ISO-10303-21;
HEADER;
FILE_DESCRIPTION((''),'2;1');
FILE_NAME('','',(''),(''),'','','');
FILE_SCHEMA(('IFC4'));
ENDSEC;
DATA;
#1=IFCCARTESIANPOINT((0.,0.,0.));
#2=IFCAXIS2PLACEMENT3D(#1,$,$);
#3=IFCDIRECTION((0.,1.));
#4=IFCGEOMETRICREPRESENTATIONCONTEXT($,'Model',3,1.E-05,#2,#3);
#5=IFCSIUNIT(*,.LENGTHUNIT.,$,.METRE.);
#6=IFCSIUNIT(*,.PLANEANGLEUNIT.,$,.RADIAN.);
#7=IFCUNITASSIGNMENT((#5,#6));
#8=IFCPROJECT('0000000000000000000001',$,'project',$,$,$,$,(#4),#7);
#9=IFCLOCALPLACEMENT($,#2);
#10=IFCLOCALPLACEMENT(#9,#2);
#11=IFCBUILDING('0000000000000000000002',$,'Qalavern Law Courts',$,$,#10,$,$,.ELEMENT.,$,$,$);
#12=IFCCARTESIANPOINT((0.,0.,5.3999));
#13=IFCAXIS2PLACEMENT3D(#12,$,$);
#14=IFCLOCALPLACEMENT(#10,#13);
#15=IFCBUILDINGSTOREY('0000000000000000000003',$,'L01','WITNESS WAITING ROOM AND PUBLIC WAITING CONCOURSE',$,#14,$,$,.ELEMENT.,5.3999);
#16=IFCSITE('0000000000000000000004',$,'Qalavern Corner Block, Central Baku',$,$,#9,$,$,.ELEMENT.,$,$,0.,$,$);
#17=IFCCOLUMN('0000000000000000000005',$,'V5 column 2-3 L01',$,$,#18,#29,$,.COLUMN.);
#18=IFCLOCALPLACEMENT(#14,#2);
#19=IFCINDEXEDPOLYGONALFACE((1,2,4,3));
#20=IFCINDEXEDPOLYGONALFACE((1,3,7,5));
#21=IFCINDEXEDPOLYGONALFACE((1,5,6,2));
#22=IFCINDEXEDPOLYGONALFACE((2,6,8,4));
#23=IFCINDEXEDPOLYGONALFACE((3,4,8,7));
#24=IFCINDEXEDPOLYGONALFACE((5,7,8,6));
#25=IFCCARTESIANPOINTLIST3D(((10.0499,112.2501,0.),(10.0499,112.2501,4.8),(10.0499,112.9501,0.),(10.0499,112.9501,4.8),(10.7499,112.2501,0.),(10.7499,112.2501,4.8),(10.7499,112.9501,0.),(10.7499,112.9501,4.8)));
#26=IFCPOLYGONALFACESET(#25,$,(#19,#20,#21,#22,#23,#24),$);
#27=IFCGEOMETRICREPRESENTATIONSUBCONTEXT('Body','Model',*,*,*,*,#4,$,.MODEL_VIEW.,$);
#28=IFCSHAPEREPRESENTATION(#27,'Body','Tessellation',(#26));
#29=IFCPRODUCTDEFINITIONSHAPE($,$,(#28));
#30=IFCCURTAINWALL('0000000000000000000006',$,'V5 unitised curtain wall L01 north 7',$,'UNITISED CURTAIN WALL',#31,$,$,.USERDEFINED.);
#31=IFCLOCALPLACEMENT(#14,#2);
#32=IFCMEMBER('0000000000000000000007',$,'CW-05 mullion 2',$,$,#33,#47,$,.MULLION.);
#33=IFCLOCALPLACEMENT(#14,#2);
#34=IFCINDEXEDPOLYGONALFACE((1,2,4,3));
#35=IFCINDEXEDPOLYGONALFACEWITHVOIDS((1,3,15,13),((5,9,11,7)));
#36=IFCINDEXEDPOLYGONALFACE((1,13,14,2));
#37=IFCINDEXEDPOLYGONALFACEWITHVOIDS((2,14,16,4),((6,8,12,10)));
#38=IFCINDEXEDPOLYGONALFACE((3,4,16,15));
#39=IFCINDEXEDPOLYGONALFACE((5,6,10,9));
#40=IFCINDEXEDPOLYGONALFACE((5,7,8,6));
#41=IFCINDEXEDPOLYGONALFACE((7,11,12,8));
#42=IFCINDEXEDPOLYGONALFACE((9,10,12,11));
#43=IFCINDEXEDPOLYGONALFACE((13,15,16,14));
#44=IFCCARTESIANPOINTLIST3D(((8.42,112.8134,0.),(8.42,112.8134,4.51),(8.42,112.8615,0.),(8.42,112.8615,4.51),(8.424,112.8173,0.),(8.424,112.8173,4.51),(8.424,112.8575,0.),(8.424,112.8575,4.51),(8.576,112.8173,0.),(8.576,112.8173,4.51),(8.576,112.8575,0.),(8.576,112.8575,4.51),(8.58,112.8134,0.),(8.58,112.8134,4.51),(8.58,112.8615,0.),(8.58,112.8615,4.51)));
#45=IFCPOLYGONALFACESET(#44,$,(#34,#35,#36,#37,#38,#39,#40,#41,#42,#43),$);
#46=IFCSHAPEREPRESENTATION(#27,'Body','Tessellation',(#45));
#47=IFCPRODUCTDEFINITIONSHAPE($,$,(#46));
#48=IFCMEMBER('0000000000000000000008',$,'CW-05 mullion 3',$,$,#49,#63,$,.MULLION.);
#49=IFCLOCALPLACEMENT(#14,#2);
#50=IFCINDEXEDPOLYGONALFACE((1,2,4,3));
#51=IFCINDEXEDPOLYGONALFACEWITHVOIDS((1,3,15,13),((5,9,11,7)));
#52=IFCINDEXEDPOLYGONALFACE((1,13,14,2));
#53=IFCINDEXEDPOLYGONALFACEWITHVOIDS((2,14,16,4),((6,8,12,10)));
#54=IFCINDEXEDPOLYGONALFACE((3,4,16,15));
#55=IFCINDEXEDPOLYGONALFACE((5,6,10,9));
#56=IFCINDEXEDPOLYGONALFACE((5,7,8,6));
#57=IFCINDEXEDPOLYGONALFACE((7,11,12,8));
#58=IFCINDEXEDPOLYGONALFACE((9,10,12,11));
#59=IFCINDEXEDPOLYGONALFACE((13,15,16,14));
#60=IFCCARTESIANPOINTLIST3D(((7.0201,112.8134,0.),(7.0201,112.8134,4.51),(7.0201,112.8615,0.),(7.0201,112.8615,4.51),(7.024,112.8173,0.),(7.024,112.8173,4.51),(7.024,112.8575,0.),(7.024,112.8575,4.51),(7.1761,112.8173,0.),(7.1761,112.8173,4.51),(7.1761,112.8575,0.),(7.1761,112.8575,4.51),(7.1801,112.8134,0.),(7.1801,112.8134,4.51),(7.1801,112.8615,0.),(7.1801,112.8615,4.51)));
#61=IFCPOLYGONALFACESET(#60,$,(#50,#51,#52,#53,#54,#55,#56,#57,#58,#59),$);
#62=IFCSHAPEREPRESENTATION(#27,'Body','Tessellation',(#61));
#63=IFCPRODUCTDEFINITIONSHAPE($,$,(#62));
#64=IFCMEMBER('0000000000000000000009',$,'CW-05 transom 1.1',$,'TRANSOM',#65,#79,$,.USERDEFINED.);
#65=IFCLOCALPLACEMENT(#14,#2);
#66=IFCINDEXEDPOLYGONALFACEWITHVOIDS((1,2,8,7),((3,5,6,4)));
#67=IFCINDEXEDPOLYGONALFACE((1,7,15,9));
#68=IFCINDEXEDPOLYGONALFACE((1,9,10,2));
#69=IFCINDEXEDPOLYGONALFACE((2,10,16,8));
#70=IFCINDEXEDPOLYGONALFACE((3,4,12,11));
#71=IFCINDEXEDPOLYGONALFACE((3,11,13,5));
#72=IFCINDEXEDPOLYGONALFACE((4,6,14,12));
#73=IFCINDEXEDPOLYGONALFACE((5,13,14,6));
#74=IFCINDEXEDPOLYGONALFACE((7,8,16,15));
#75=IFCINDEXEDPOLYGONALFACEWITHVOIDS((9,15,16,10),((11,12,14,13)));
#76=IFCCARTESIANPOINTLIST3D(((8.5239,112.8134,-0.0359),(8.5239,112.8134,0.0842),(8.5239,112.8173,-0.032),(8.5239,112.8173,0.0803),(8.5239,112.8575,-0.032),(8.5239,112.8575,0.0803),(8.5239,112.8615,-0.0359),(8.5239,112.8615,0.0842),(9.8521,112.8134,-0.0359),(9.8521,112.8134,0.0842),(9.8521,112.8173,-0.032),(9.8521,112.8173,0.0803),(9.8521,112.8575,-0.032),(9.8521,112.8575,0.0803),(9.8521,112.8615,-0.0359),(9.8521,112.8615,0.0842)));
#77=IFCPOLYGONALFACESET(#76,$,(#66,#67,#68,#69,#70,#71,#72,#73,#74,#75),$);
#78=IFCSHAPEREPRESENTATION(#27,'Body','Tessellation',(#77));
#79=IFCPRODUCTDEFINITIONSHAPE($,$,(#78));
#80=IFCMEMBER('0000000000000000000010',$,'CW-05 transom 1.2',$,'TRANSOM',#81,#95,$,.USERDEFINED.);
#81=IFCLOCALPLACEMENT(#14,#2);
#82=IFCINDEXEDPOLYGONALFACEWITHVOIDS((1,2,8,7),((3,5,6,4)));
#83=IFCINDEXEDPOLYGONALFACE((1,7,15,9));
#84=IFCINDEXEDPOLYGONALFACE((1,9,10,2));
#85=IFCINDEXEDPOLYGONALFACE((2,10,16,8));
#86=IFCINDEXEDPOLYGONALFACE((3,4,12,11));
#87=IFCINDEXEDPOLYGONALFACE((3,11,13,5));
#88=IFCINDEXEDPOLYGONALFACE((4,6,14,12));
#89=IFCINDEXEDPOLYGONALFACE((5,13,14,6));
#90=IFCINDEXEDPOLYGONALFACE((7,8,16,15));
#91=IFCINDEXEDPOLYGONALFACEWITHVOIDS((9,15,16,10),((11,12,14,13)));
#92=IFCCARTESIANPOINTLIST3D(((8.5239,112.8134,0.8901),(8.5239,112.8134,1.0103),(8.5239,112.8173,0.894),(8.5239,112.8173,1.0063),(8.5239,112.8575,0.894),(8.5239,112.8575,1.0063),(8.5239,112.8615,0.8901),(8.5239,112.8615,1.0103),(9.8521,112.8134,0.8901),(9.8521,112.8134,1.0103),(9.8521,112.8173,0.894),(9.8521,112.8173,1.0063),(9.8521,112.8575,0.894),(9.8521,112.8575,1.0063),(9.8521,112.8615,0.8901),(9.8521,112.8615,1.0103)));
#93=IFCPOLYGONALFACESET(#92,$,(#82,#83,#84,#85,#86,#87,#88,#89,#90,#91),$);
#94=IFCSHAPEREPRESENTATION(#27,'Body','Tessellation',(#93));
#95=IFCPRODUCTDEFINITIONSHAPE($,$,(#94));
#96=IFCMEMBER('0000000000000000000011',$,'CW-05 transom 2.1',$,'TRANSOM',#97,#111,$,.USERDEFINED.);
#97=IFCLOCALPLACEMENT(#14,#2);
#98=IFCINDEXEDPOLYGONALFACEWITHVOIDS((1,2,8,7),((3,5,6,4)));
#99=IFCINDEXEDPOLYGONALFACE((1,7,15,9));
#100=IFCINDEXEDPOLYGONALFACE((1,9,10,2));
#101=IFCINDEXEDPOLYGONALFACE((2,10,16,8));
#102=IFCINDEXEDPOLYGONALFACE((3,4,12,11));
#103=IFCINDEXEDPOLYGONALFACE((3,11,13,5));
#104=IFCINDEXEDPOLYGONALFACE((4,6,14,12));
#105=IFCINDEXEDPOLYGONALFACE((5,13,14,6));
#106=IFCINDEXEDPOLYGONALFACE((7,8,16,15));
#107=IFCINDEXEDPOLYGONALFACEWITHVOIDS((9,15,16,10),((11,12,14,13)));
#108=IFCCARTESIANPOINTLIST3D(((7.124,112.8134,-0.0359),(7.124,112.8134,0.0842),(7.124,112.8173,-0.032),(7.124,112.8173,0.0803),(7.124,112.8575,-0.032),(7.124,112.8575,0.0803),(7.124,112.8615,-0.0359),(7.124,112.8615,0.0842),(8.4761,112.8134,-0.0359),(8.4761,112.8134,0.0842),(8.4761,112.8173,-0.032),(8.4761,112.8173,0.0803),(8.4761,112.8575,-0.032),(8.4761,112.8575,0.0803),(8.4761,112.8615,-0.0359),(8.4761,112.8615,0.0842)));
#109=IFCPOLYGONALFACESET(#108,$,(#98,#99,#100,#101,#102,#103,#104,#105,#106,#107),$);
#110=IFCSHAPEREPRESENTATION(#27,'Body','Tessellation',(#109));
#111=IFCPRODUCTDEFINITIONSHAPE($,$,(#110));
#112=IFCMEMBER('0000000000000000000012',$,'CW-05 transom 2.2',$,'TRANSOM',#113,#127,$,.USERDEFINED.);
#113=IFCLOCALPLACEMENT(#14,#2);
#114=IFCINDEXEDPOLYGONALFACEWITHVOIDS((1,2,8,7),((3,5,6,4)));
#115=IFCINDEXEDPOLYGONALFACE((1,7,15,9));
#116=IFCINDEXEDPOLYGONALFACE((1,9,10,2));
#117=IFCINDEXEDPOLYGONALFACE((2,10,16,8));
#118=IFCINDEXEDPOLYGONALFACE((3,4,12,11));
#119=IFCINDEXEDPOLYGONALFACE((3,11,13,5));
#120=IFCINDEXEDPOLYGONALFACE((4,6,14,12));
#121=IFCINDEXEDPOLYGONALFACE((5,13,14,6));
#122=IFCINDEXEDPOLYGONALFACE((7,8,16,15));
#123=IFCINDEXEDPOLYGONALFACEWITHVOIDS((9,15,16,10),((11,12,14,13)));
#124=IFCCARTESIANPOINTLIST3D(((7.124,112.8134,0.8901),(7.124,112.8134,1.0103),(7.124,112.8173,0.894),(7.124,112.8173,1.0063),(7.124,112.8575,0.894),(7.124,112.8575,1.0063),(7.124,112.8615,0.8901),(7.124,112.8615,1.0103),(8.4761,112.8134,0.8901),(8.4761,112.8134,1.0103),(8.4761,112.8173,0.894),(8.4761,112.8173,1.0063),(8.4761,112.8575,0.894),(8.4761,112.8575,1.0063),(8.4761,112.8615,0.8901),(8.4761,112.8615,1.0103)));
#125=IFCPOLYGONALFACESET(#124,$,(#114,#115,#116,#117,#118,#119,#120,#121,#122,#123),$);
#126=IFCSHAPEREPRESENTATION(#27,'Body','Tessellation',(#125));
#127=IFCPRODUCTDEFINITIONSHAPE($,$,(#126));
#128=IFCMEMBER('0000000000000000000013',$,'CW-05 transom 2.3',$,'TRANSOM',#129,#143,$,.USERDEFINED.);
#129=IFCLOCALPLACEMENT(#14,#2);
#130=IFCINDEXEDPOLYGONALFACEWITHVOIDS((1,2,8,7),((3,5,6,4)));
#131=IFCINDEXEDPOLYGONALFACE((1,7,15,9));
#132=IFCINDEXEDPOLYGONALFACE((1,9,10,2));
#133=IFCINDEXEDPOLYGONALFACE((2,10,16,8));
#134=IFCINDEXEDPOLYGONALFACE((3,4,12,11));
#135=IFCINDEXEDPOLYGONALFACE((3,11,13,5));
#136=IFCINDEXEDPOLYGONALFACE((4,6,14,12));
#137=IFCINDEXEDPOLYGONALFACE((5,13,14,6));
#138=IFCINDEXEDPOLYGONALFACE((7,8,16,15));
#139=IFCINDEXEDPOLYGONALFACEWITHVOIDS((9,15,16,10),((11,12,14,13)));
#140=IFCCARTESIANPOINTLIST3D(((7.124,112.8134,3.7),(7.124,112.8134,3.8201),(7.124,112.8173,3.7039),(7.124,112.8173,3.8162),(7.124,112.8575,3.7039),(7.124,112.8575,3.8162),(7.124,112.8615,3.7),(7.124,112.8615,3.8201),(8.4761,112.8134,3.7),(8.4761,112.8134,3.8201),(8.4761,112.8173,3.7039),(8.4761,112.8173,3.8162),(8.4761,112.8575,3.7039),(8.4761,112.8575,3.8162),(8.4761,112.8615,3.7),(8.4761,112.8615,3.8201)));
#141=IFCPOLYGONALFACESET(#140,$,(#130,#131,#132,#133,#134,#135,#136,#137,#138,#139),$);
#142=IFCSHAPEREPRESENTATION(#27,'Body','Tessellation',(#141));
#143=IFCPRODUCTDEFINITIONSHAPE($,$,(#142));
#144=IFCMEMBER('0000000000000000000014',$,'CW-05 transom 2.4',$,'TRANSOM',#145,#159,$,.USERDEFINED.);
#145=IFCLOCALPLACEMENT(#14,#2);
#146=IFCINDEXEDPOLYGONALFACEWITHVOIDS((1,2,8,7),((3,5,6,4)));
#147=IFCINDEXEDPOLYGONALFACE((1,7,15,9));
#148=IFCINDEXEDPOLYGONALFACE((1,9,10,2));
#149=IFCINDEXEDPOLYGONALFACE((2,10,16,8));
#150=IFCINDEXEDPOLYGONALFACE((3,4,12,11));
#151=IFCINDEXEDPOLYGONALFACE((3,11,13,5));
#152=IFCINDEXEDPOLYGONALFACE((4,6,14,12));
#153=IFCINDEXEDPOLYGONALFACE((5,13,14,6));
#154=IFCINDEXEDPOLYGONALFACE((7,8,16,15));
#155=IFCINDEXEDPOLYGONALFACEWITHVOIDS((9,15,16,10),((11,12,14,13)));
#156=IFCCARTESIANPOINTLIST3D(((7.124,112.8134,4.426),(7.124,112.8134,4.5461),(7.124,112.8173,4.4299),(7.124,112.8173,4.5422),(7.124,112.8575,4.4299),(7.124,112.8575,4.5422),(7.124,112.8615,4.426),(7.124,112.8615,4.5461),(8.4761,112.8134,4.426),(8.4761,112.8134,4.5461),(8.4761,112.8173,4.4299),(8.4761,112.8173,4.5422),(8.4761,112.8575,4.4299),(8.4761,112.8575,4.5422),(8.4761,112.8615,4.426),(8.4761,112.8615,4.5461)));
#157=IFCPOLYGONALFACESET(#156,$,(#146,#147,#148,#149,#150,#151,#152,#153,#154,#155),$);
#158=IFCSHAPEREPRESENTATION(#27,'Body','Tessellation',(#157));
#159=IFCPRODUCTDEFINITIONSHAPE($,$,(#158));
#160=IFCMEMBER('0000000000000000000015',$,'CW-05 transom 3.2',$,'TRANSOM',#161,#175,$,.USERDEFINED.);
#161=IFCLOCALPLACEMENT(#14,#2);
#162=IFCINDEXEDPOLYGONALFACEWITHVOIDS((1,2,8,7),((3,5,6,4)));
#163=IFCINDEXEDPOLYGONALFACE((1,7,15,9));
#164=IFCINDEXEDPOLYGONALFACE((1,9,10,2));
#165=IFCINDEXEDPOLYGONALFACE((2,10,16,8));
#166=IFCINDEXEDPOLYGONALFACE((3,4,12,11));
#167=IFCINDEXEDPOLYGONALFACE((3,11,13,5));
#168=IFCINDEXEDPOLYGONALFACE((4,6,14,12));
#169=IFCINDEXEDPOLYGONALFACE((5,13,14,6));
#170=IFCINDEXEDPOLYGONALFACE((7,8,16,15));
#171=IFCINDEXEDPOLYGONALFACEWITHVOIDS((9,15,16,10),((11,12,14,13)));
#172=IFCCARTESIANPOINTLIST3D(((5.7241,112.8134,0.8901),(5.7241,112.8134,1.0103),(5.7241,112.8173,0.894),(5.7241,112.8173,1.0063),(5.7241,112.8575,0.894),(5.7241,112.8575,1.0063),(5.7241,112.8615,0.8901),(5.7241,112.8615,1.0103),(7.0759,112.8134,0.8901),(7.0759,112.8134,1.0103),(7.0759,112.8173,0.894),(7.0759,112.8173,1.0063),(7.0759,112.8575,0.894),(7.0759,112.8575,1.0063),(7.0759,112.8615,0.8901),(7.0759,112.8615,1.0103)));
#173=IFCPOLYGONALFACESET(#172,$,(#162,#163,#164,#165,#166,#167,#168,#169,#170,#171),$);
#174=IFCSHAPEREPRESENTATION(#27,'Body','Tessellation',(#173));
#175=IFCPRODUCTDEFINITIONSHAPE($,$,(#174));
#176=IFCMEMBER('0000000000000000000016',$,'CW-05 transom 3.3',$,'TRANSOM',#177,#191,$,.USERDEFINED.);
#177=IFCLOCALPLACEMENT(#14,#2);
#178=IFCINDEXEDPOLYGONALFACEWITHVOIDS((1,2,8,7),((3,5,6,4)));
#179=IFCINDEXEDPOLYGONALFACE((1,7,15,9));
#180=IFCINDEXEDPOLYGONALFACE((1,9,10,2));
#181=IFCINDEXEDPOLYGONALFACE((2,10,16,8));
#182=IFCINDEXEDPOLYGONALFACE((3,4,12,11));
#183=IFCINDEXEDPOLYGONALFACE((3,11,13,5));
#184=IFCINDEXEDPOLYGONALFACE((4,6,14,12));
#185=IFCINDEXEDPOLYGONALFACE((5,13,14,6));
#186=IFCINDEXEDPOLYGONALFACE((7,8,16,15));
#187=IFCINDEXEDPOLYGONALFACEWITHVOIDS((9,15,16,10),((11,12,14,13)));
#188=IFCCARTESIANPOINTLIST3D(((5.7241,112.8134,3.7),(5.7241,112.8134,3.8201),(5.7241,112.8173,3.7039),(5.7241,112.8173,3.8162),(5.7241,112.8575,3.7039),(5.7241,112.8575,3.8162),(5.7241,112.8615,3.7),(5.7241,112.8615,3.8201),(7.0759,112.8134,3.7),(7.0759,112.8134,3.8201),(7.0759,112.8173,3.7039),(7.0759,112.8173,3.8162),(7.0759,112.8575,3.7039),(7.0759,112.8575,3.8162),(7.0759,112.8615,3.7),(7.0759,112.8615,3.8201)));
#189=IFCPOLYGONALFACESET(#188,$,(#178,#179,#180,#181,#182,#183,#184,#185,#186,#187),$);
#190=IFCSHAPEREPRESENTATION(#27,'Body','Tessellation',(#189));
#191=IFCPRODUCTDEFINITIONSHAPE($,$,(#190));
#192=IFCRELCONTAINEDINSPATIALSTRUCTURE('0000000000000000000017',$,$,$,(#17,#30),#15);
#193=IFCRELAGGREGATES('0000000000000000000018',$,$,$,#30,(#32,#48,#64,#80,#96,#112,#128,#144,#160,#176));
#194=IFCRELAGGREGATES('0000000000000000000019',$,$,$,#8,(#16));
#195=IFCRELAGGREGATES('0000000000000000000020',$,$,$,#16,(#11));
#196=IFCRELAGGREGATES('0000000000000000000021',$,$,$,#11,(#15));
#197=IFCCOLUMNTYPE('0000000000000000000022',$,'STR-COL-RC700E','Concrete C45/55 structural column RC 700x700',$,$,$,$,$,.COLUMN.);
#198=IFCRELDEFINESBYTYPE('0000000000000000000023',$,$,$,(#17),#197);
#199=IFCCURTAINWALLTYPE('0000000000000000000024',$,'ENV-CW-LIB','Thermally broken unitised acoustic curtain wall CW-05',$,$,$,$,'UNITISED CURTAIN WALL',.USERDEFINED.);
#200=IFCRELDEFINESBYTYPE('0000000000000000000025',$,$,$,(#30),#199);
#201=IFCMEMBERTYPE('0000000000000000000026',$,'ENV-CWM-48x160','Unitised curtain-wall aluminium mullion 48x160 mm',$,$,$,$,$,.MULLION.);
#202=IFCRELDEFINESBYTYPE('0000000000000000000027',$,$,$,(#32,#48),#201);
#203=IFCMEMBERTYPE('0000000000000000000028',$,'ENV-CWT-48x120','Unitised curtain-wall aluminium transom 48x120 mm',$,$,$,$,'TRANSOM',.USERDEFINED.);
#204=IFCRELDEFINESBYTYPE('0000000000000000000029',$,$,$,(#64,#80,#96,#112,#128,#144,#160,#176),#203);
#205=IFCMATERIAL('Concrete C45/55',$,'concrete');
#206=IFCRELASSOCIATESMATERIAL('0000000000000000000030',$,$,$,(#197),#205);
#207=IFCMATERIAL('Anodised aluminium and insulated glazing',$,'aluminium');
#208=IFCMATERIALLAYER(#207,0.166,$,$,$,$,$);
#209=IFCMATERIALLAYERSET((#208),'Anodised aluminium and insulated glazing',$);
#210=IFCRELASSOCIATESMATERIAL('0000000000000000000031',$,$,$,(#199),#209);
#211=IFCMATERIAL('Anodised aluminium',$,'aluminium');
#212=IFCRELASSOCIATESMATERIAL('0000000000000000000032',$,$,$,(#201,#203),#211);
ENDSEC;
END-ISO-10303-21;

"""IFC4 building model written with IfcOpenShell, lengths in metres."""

from ifc_helpers import new_model, si_unit, direction, frame, origin, origin_2d, place, context, subcontext, project, spatial, rectangle, hollow_rectangle, extrude, material, layer, layer_set, material_profile, profile_set, type_object, element, aggregate, save


model = new_model("IFC4")

# Units and contexts
model_context = context("Model", 3, precision=1e-05, world=origin(), true_north=direction((0.0, 1.0)))
body_context = subcontext(model_context, "Body", "Model", "MODEL_VIEW")
ifc_project = project(units=[si_unit("LENGTHUNIT", "METRE"), si_unit("PLANEANGLEUNIT", "RADIAN")], contexts=[model_context])

# Site, building, storey
site_placement = place(None, origin())
site = spatial("IfcSite", under=ifc_project, at=site_placement, Name="Qalavern Corner Block, Central Baku", CompositionType="ELEMENT", RefElevation=0.0)
building_placement = place(site_placement, origin())
building = spatial("IfcBuilding", under=site, at=building_placement, Name="Qalavern Law Courts", CompositionType="ELEMENT")
storey_placement = place(building_placement, frame((0.0, 0.0, 5.3999)))
storey = spatial("IfcBuildingStorey", under=building, at=storey_placement, Name="L01", Description="WITNESS WAITING ROOM AND PUBLIC WAITING CONCOURSE", CompositionType="ELEMENT", Elevation=5.3999)

# Column
ifc_material_1 = material(Name="Concrete C45/55", Category="concrete")
ifc_material_profile_1 = material_profile(ifc_material_1, rectangle(XDim=0.7, YDim=0.7, at=origin_2d()), Name="RC 700x700")
ifc_profile_set_1 = profile_set([ifc_material_profile_1], Name="Concrete C45/55")
column_type = type_object("IfcColumnType", Name="STR-COL-RC700E", Description="Concrete C45/55 structural column RC 700x700", PredefinedType="COLUMN", material=ifc_profile_set_1)
column_placement = place(storey_placement, frame((10.3999, 112.6001, 0.0), z_axis=(0.0, 0.0, 1.0), x_axis=(1.0, 0.0, 0.0)))
element("IfcColumn", 1, at=column_placement, inside=storey, type_object=column_type, Name="V5 column 2-3 L01", PredefinedType="COLUMN", context=body_context, shape_type="SweptSolid", body=[
    extrude(rectangle(XDim=0.7, YDim=0.7, at=origin_2d()), origin(), (0.0, 0.0, 1.0), 4.8),
])

# Curtain wall, members
ifc_material_2 = material(Name="Anodised aluminium and insulated glazing", Category="aluminium")
ifc_layer_1 = layer(ifc_material_2, 0.166)
ifc_layer_set_1 = layer_set([ifc_layer_1], Name="Anodised aluminium and insulated glazing")
curtain_wall_type = type_object("IfcCurtainWallType", Name="ENV-CW-LIB", Description="Thermally broken unitised acoustic curtain wall CW-05", ElementType="UNITISED CURTAIN WALL", PredefinedType="USERDEFINED", material=ifc_layer_set_1)
curtain_wall_placement = place(storey_placement, origin())
curtain_wall = element("IfcCurtainWall", 2, at=curtain_wall_placement, inside=storey, type_object=curtain_wall_type, Name="V5 unitised curtain wall L01 north 7", ObjectType="UNITISED CURTAIN WALL", PredefinedType="USERDEFINED")
ifc_material_3 = material(Name="Anodised aluminium", Category="aluminium")
ifc_material_profile_2 = material_profile(ifc_material_3, hollow_rectangle(XDim=0.0481, YDim=0.1599, WallThickness=0.0039, at=origin_2d()), Name="ALU MULLION 48x160")
ifc_profile_set_2 = profile_set([ifc_material_profile_2], Name="Anodised aluminium")
member_type_1 = type_object("IfcMemberType", Name="ENV-CWM-48x160", Description="Unitised curtain-wall aluminium mullion 48x160 mm", PredefinedType="MULLION", material=ifc_profile_set_2)
member_1_placement = place(storey_placement, frame((8.5, 112.8374, 0.0), z_axis=(0.0, 0.0, 1.0), x_axis=(0.0, -1.0, 0.0)))
member_1 = element("IfcMember", 3, at=member_1_placement, type_object=member_type_1, Name="CW-05 mullion 2", PredefinedType="MULLION", context=body_context, shape_type="SweptSolid", body=[
    extrude(hollow_rectangle(XDim=0.0481, YDim=0.1599, WallThickness=0.0039, at=origin_2d()), origin(), (0.0, 0.0, 1.0), 4.51),
])
member_2_placement = place(storey_placement, frame((7.1001, 112.8374, 0.0), z_axis=(0.0, 0.0, 1.0), x_axis=(0.0, -1.0, 0.0)))
member_2 = element("IfcMember", 4, at=member_2_placement, type_object=member_type_1, Name="CW-05 mullion 3", PredefinedType="MULLION", context=body_context, shape_type="SweptSolid", body=[
    extrude(hollow_rectangle(XDim=0.0481, YDim=0.1599, WallThickness=0.0039, at=origin_2d()), origin(), (0.0, 0.0, 1.0), 4.51),
])
ifc_material_profile_3 = material_profile(ifc_material_3, hollow_rectangle(XDim=0.0481, YDim=0.1201, WallThickness=0.0039, at=origin_2d()), Name="ALU TRANSOM 48x120")
ifc_profile_set_3 = profile_set([ifc_material_profile_3], Name="Anodised aluminium")
member_type_2 = type_object("IfcMemberType", Name="ENV-CWT-48x120", Description="Unitised curtain-wall aluminium transom 48x120 mm", ElementType="TRANSOM", PredefinedType="USERDEFINED", material=ifc_profile_set_3)
member_3_placement = place(storey_placement, frame((9.8521, 112.8374, 0.0242), z_axis=(-1.0, 0.0, 0.0), x_axis=(0.0, -1.0, 0.0)))
member_3 = element("IfcMember", 5, at=member_3_placement, type_object=member_type_2, Name="CW-05 transom 1.1", ObjectType="TRANSOM", PredefinedType="USERDEFINED", context=body_context, shape_type="SweptSolid", body=[
    extrude(hollow_rectangle(XDim=0.0481, YDim=0.1201, WallThickness=0.0039, at=origin_2d()), origin(), (0.0, 0.0, 1.0), 1.3281),
])
member_4_placement = place(storey_placement, frame((9.8521, 112.8374, 0.9502), z_axis=(-1.0, 0.0, 0.0), x_axis=(0.0, -1.0, 0.0)))
member_4 = element("IfcMember", 6, at=member_4_placement, type_object=member_type_2, Name="CW-05 transom 1.2", ObjectType="TRANSOM", PredefinedType="USERDEFINED", context=body_context, shape_type="SweptSolid", body=[
    extrude(hollow_rectangle(XDim=0.0481, YDim=0.1201, WallThickness=0.0039, at=origin_2d()), origin(), (0.0, 0.0, 1.0), 1.3281),
])
member_5_placement = place(storey_placement, frame((8.4761, 112.8374, 0.0242), z_axis=(-1.0, 0.0, 0.0), x_axis=(0.0, -1.0, 0.0)))
member_5 = element("IfcMember", 7, at=member_5_placement, type_object=member_type_2, Name="CW-05 transom 2.1", ObjectType="TRANSOM", PredefinedType="USERDEFINED", context=body_context, shape_type="SweptSolid", body=[
    extrude(hollow_rectangle(XDim=0.0481, YDim=0.1201, WallThickness=0.0039, at=origin_2d()), origin(), (0.0, 0.0, 1.0), 1.3521),
])
member_6_placement = place(storey_placement, frame((8.4761, 112.8374, 0.9502), z_axis=(-1.0, 0.0, 0.0), x_axis=(0.0, -1.0, 0.0)))
member_6 = element("IfcMember", 8, at=member_6_placement, type_object=member_type_2, Name="CW-05 transom 2.2", ObjectType="TRANSOM", PredefinedType="USERDEFINED", context=body_context, shape_type="SweptSolid", body=[
    extrude(hollow_rectangle(XDim=0.0481, YDim=0.1201, WallThickness=0.0039, at=origin_2d()), origin(), (0.0, 0.0, 1.0), 1.3521),
])
member_7_placement = place(storey_placement, frame((8.4761, 112.8374, 3.76), z_axis=(-1.0, 0.0, 0.0), x_axis=(0.0, -1.0, 0.0)))
member_7 = element("IfcMember", 9, at=member_7_placement, type_object=member_type_2, Name="CW-05 transom 2.3", ObjectType="TRANSOM", PredefinedType="USERDEFINED", context=body_context, shape_type="SweptSolid", body=[
    extrude(hollow_rectangle(XDim=0.0481, YDim=0.1201, WallThickness=0.0039, at=origin_2d()), origin(), (0.0, 0.0, 1.0), 1.3521),
])
member_8_placement = place(storey_placement, frame((8.4761, 112.8374, 4.4861), z_axis=(-1.0, 0.0, 0.0), x_axis=(0.0, -1.0, 0.0)))
member_8 = element("IfcMember", 10, at=member_8_placement, type_object=member_type_2, Name="CW-05 transom 2.4", ObjectType="TRANSOM", PredefinedType="USERDEFINED", context=body_context, shape_type="SweptSolid", body=[
    extrude(hollow_rectangle(XDim=0.0481, YDim=0.1201, WallThickness=0.0039, at=origin_2d()), origin(), (0.0, 0.0, 1.0), 1.3521),
])
member_9_placement = place(storey_placement, frame((7.0759, 112.8374, 0.9502), z_axis=(-1.0, 0.0, 0.0), x_axis=(0.0, -1.0, 0.0)))
member_9 = element("IfcMember", 11, at=member_9_placement, type_object=member_type_2, Name="CW-05 transom 3.2", ObjectType="TRANSOM", PredefinedType="USERDEFINED", context=body_context, shape_type="SweptSolid", body=[
    extrude(hollow_rectangle(XDim=0.0481, YDim=0.1201, WallThickness=0.0039, at=origin_2d()), origin(), (0.0, 0.0, 1.0), 1.3518),
])
member_10_placement = place(storey_placement, frame((7.0759, 112.8374, 3.76), z_axis=(-1.0, 0.0, 0.0), x_axis=(0.0, -1.0, 0.0)))
member_10 = element("IfcMember", 12, at=member_10_placement, type_object=member_type_2, Name="CW-05 transom 3.3", ObjectType="TRANSOM", PredefinedType="USERDEFINED", context=body_context, shape_type="SweptSolid", body=[
    extrude(hollow_rectangle(XDim=0.0481, YDim=0.1201, WallThickness=0.0039, at=origin_2d()), origin(), (0.0, 0.0, 1.0), 1.3518),
])

aggregate(curtain_wall, [member_1, member_2, member_3, member_4, member_5, member_6, member_7, member_8, member_9, member_10])

save(model, "model.ifc")
